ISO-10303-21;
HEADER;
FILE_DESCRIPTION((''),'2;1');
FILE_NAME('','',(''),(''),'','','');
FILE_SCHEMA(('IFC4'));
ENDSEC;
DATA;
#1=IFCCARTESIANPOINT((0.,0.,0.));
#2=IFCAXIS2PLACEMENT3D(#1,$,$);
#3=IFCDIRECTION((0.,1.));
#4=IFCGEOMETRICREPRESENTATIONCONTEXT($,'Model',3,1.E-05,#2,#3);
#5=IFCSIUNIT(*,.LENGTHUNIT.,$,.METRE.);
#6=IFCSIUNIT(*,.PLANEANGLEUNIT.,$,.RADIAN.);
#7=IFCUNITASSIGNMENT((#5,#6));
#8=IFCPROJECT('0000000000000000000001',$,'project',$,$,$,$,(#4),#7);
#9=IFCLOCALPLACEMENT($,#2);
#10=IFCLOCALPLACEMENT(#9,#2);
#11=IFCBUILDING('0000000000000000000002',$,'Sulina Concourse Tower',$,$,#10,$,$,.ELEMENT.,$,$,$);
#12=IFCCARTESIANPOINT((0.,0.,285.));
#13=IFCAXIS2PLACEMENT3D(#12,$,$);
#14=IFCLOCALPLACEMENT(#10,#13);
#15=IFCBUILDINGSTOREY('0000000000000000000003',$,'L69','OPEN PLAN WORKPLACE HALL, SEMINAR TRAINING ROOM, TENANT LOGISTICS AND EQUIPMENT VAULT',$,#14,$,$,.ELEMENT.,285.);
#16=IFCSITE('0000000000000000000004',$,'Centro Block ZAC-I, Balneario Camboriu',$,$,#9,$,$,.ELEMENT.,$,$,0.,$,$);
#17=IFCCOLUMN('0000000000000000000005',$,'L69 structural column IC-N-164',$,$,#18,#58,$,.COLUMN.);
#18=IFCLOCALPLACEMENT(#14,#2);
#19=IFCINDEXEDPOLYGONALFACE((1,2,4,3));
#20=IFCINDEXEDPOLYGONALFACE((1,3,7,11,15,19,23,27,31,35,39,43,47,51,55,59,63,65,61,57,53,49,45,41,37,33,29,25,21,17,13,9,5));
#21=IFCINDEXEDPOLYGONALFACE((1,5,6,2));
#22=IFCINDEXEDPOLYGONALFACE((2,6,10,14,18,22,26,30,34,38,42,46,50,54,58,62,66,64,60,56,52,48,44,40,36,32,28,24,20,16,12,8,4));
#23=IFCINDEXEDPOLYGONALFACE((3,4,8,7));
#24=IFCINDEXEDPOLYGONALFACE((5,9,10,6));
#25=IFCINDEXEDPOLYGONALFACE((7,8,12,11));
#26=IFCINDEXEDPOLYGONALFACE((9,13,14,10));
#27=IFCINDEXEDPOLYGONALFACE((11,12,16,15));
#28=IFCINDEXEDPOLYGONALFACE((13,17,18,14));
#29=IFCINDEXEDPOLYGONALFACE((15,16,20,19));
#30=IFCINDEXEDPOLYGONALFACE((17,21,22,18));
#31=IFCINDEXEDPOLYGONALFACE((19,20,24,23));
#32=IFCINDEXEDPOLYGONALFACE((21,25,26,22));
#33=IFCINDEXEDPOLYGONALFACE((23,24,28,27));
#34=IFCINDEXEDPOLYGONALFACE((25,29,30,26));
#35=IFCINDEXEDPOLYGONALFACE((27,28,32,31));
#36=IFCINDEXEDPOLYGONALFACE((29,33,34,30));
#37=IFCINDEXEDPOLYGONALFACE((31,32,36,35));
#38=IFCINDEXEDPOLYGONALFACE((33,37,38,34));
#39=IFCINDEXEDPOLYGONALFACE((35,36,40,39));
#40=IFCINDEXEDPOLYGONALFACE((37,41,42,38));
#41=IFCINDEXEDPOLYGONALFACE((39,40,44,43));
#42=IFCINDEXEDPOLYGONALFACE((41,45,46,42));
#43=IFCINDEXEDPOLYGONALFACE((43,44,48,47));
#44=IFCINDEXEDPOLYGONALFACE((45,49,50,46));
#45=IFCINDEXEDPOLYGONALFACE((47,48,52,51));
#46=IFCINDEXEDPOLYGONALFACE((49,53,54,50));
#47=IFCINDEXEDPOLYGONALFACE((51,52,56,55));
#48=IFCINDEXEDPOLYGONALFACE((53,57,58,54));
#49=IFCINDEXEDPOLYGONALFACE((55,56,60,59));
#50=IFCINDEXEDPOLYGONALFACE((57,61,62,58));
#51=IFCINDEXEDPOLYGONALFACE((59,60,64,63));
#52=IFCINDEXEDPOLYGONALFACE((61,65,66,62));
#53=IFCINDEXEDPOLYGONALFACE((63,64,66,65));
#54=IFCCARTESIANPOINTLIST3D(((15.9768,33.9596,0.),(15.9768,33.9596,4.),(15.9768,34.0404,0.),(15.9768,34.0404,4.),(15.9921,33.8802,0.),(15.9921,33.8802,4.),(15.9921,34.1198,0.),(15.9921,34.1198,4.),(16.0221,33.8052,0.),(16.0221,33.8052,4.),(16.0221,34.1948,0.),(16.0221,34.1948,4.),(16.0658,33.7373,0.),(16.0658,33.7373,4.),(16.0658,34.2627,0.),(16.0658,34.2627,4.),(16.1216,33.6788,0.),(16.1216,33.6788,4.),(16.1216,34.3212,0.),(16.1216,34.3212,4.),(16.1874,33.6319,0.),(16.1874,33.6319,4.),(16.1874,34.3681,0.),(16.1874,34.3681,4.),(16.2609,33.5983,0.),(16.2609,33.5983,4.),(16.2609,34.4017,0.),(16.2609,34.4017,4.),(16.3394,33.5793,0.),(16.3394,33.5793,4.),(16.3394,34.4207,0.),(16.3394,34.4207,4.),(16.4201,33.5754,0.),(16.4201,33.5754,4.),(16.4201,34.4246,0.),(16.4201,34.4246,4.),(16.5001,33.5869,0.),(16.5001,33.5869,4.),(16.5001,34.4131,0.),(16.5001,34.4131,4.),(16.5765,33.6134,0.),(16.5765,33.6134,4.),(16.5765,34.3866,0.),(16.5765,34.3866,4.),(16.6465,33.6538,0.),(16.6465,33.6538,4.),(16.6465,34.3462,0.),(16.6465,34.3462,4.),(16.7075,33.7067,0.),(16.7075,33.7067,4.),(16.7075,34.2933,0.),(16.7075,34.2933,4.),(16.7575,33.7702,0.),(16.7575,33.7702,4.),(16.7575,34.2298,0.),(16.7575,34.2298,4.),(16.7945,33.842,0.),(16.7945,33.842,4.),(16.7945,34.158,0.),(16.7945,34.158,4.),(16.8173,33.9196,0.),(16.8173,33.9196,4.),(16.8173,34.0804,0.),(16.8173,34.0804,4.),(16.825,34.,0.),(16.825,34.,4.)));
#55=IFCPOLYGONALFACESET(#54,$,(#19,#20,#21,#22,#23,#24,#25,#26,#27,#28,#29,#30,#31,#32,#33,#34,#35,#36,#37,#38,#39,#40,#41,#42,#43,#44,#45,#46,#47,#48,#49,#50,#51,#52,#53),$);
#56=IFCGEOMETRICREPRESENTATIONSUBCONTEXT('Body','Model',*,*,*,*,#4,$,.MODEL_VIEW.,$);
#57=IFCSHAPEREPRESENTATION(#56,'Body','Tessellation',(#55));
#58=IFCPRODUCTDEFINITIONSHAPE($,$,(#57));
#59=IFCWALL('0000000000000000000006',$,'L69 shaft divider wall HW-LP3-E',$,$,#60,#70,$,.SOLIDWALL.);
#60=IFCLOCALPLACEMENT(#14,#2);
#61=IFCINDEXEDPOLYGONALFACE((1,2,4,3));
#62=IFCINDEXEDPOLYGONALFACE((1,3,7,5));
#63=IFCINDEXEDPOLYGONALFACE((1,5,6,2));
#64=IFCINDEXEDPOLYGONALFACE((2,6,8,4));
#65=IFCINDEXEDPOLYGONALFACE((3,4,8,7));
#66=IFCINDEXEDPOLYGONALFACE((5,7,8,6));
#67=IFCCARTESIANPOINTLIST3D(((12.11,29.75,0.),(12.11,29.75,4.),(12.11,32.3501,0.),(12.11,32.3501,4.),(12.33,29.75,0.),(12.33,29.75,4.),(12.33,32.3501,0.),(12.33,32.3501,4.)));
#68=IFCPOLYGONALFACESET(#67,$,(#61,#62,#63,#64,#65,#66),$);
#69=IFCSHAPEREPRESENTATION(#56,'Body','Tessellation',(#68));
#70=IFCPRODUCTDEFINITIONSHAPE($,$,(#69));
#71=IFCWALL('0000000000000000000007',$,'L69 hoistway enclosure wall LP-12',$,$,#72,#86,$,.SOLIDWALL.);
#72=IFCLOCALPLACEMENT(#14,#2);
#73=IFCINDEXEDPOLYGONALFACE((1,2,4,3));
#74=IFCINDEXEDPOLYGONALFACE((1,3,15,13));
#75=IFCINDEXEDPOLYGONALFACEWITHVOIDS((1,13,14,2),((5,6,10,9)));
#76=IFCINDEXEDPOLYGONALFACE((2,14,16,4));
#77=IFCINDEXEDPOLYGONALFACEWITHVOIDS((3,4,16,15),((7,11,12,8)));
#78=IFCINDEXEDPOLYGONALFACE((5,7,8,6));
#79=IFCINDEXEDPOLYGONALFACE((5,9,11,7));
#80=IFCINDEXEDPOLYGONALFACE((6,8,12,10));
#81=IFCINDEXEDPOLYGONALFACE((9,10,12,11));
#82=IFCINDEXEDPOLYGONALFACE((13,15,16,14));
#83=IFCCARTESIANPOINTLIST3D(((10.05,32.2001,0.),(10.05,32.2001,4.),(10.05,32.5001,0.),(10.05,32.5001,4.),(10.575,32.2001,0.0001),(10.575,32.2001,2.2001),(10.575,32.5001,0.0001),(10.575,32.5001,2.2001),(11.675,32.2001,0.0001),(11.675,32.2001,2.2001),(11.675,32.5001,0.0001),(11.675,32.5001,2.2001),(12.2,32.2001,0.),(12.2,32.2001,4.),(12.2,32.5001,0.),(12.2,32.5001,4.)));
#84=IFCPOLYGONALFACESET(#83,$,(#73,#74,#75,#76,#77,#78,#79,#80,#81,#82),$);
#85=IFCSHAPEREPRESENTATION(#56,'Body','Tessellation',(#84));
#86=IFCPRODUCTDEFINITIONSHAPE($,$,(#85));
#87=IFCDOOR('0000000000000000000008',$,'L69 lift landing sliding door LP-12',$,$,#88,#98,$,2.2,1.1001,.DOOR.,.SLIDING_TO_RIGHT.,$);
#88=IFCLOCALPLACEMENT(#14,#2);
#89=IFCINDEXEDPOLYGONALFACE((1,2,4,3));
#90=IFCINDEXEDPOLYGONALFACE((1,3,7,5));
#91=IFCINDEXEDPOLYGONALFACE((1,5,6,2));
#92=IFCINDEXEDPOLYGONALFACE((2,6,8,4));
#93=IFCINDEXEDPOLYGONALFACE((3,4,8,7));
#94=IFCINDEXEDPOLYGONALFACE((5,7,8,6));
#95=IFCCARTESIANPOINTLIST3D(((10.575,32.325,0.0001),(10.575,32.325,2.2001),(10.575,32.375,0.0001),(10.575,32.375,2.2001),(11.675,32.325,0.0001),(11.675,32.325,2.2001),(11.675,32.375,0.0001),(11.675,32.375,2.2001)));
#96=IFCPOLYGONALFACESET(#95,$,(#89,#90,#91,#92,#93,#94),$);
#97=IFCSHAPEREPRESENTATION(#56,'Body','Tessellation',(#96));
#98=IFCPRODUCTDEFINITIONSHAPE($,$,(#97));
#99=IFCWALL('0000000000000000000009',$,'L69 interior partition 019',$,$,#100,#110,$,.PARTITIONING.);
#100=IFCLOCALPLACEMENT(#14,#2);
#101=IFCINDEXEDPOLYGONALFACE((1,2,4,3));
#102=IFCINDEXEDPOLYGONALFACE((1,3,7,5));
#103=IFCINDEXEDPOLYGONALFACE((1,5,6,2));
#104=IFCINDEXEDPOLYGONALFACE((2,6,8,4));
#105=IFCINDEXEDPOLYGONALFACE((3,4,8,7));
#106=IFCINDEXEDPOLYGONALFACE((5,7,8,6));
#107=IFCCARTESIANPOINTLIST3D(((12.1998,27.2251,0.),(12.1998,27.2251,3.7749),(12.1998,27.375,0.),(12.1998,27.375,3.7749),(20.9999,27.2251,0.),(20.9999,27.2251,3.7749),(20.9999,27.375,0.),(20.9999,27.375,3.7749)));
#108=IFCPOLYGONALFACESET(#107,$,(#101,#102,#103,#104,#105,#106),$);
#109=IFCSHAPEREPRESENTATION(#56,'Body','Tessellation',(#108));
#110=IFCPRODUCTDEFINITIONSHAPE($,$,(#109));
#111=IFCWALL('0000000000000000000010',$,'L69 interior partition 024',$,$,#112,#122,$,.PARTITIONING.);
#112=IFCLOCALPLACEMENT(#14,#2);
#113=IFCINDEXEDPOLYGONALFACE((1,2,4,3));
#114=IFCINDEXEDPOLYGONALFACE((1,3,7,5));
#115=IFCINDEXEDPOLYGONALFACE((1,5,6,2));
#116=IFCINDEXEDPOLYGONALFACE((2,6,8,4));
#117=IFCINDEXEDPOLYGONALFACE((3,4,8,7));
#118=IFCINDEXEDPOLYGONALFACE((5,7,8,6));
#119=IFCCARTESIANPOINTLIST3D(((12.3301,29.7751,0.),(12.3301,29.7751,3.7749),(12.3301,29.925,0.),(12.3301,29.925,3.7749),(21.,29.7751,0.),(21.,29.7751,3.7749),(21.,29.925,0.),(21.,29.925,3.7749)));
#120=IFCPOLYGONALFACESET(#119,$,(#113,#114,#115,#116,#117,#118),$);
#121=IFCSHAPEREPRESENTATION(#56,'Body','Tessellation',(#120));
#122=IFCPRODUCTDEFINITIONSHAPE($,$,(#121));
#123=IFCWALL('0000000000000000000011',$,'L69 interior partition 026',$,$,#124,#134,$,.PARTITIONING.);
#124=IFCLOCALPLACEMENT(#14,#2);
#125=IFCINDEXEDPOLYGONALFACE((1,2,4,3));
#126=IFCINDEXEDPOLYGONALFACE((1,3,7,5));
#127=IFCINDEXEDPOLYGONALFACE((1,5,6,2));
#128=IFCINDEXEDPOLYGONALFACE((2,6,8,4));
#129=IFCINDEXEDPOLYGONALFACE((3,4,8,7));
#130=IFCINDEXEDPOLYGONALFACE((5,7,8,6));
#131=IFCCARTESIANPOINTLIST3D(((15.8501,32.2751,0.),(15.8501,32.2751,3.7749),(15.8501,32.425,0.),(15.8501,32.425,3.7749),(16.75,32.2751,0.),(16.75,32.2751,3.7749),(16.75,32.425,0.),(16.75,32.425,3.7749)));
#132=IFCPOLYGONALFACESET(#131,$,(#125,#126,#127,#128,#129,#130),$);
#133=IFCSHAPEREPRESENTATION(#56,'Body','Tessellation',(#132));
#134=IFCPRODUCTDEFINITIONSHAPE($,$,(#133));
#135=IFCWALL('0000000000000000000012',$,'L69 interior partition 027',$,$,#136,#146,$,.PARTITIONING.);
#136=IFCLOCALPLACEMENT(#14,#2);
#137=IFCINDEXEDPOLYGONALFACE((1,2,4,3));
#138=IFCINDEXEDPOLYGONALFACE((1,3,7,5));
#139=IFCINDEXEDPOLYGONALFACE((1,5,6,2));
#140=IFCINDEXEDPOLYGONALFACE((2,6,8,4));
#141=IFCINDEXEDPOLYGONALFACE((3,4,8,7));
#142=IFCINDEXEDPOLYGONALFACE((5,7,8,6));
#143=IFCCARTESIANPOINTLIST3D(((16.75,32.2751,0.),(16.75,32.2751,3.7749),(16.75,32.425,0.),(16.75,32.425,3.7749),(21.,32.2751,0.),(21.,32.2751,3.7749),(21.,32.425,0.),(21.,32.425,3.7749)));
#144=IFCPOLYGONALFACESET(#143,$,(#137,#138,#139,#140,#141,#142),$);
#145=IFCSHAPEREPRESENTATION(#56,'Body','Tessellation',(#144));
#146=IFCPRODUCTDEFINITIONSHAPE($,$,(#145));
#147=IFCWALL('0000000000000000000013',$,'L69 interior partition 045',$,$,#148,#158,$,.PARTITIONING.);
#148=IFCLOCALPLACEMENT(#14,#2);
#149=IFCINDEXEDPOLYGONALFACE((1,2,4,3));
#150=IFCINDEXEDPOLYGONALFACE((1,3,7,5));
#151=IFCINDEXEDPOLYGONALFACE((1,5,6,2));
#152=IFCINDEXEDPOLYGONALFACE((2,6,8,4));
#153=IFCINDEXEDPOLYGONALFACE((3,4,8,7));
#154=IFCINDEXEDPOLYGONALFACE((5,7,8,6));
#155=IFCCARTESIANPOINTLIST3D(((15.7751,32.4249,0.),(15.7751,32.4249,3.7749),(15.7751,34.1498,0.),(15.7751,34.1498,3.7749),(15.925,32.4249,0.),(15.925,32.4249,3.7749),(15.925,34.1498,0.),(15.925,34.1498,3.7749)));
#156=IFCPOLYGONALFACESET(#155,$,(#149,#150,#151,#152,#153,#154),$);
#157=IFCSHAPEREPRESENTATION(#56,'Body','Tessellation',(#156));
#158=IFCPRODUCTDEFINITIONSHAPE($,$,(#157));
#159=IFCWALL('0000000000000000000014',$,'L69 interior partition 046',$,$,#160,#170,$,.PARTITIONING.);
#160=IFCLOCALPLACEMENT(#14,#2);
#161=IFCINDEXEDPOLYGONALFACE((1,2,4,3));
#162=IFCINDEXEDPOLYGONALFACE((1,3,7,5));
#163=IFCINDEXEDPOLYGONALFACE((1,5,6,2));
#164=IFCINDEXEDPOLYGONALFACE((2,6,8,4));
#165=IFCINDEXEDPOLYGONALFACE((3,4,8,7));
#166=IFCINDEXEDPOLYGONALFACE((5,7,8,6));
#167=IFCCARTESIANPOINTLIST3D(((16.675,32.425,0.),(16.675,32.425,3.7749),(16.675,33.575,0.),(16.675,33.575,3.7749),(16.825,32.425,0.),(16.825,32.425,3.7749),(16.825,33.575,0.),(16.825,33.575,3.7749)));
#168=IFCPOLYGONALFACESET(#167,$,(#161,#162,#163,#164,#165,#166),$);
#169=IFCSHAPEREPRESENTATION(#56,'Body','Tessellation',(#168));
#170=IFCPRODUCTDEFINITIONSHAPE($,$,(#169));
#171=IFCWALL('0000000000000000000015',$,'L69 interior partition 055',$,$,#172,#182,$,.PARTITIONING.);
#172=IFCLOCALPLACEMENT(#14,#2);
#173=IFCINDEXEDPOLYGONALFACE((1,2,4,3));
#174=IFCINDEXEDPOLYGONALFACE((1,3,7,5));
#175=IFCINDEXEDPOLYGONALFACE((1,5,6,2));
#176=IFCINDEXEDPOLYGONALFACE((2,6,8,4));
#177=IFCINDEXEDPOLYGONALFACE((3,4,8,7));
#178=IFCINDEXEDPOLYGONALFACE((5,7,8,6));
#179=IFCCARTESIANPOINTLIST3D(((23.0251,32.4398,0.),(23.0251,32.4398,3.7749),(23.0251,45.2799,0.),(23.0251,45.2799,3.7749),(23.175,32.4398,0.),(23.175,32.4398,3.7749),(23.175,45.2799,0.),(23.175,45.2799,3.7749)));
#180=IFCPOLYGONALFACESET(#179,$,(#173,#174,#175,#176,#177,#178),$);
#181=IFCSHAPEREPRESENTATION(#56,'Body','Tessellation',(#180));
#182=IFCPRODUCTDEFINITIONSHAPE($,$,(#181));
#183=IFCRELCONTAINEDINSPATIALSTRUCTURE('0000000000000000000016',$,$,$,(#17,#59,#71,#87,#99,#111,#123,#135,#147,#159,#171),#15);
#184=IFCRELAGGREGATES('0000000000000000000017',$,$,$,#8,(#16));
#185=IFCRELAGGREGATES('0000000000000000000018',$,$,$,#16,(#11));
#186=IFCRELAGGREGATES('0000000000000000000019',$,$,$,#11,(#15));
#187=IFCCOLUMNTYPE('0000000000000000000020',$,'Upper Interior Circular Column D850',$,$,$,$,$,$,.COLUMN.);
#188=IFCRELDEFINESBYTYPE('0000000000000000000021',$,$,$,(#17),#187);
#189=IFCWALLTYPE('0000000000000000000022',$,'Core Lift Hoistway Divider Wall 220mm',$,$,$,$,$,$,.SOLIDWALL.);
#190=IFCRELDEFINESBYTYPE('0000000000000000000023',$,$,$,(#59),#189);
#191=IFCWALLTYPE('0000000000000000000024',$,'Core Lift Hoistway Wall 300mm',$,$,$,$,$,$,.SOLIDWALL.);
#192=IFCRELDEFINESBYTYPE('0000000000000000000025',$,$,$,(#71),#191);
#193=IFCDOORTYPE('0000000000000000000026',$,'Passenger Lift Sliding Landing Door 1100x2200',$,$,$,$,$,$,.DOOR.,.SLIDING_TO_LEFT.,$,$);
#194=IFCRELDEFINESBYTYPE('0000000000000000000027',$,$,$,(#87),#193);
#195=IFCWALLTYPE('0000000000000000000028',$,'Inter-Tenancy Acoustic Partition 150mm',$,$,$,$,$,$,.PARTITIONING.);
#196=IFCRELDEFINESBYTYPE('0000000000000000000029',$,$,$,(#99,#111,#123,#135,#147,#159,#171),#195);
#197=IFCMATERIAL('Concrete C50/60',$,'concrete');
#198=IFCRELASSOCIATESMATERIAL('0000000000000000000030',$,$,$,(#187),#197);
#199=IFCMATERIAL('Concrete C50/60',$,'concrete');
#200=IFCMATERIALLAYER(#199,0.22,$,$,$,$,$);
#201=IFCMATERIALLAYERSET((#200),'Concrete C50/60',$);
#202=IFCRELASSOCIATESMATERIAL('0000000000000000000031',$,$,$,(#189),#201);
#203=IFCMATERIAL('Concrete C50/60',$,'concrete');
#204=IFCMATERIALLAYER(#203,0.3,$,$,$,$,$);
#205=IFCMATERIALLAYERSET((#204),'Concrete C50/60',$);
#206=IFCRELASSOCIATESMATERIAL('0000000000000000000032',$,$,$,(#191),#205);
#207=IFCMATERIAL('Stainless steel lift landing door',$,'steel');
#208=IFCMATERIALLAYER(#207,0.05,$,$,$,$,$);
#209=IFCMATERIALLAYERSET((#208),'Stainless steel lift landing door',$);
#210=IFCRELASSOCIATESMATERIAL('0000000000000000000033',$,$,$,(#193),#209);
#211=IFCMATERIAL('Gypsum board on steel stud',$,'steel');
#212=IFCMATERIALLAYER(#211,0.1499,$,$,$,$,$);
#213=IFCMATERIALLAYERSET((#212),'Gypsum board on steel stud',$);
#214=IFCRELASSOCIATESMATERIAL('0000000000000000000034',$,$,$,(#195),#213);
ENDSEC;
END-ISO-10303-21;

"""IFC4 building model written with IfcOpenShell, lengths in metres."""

from ifc_helpers import new_model, si_unit, direction, frame, frame_2d, origin, origin_2d, place, context, subcontext, project, spatial, rectangle, circle, extrude, material, layer, layer_set, material_profile, profile_set, type_object, element, fill, save


model = new_model("IFC4")

# Units and contexts
model_context = context("Model", 3, precision=1e-05, world=origin(), true_north=direction((0.0, 1.0)))
body_context = subcontext(model_context, "Body", "Model", "MODEL_VIEW")
ifc_project = project(units=[si_unit("LENGTHUNIT", "METRE"), si_unit("PLANEANGLEUNIT", "RADIAN")], contexts=[model_context])

# Site, building, storey
site_placement = place(None, origin())
site = spatial("IfcSite", under=ifc_project, at=site_placement, Name="Centro Block ZAC-I, Balneario Camboriu", CompositionType="ELEMENT", RefElevation=0.0)
building_placement = place(site_placement, origin())
building = spatial("IfcBuilding", under=site, at=building_placement, Name="Sulina Concourse Tower", CompositionType="ELEMENT")
storey_placement = place(building_placement, frame((0.0, 0.0, 285.0)))
storey = spatial("IfcBuildingStorey", under=building, at=storey_placement, Name="L69", Description="OPEN PLAN WORKPLACE HALL, SEMINAR TRAINING ROOM, TENANT LOGISTICS AND EQUIPMENT VAULT", CompositionType="ELEMENT", Elevation=285.0)

# Column
ifc_material_1 = material(Name="Concrete C50/60", Category="concrete")
ifc_material_profile = material_profile(ifc_material_1, circle(Radius=0.425, at=origin_2d()), Name="RC D850")
ifc_profile_set = profile_set([ifc_material_profile], Name="Concrete C50/60")
column_type = type_object("IfcColumnType", Name="Upper Interior Circular Column D850", PredefinedType="COLUMN", material=ifc_profile_set)
column_placement = place(storey_placement, frame((16.3999, 34.0, 0.0), z_axis=(0.0, 0.0, 1.0), x_axis=(1.0, 0.0, 0.0)))
element("IfcColumn", 1, at=column_placement, inside=storey, type_object=column_type, Name="L69 structural column IC-N-164", PredefinedType="COLUMN", context=body_context, shape_type="SweptSolid", body=[
    extrude(circle(Radius=0.425, at=origin_2d()), origin(), (0.0, 0.0, 1.0), 4.0),
])

# Wall
ifc_material_2 = material(Name="Concrete C50/60", Category="concrete")
ifc_layer_1 = layer(ifc_material_2, 0.22)
ifc_layer_set_1 = layer_set([ifc_layer_1], Name="Concrete C50/60")
wall_type_1 = type_object("IfcWallType", Name="Core Lift Hoistway Divider Wall 220mm", PredefinedType="SOLIDWALL", material=ifc_layer_set_1)
wall_1_placement = place(storey_placement, frame((12.22, 29.75, 0.0), z_axis=(0.0, 0.0, 1.0), x_axis=(0.0, 1.0, 0.0)))
element("IfcWall", 2, at=wall_1_placement, inside=storey, type_object=wall_type_1, Name="L69 shaft divider wall HW-LP3-E", PredefinedType="SOLIDWALL", context=body_context, shape_type="SweptSolid", body=[
    extrude(rectangle(XDim=2.6001, YDim=0.22, at=frame_2d((1.3, 0.0))), origin(), (0.0, 0.0, 1.0), 4.0),
])

# Wall, opening, door
ifc_material_3 = material(Name="Concrete C50/60", Category="concrete")
ifc_layer_2 = layer(ifc_material_3, 0.3)
ifc_layer_set_2 = layer_set([ifc_layer_2], Name="Concrete C50/60")
wall_type_2 = type_object("IfcWallType", Name="Core Lift Hoistway Wall 300mm", PredefinedType="SOLIDWALL", material=ifc_layer_set_2)
wall_2_placement = place(storey_placement, frame((10.05, 32.3501, 0.0), z_axis=(0.0, 0.0, 1.0), x_axis=(1.0, 0.0, 0.0)))
wall_2 = element("IfcWall", 3, at=wall_2_placement, inside=storey, type_object=wall_type_2, Name="L69 hoistway enclosure wall LP-12", PredefinedType="SOLIDWALL", context=body_context, shape_type="SweptSolid", body=[
    extrude(rectangle(XDim=2.1499, YDim=0.3, at=frame_2d((1.075, 0.0))), origin(), (0.0, 0.0, 1.0), 4.0),
])
opening_1_placement = place(wall_2_placement, frame((0.5249, 0.0, 0.0)))
opening_1 = element("IfcOpeningElement", 4, at=opening_1_placement, cuts=wall_2, PredefinedType="OPENING", context=body_context, shape_type="SweptSolid", body=[
    extrude(rectangle(XDim=1.1001, YDim=2.2, at=frame_2d((0.55, 1.1001))), frame((0.0, 0.1599, 0.0), z_axis=(0.0, -1.0, 0.0), x_axis=(1.0, 0.0, 0.0)), (0.0, 0.0, 1.0), 0.3201),
])
ifc_material_4 = material(Name="Stainless steel lift landing door", Category="steel")
ifc_layer_3 = layer(ifc_material_4, 0.05)
ifc_layer_set_3 = layer_set([ifc_layer_3], Name="Stainless steel lift landing door")
door_type_1 = type_object("IfcDoorType", Name="Passenger Lift Sliding Landing Door 1100x2200", OperationType="SLIDING_TO_LEFT", PredefinedType="DOOR", material=ifc_layer_set_3)
door_1_placement = place(opening_1_placement, origin())
door_1 = element("IfcDoor", 5, at=door_1_placement, inside=storey, type_object=door_type_1, Name="L69 lift landing sliding door LP-12", OperationType="SLIDING_TO_RIGHT", OverallHeight=2.2, OverallWidth=1.1001, PredefinedType="DOOR", context=body_context, shape_type="SweptSolid", body=[
    extrude(rectangle(XDim=1.1001, YDim=2.2, at=frame_2d((0.55, 1.1001))), frame((0.0, 0.0249, 0.0), z_axis=(0.0, -1.0, 0.0), x_axis=(1.0, 0.0, 0.0)), (0.0, 0.0, 1.0), 0.05),
])
fill(opening_1, door_1)

# Walls
ifc_material_5 = material(Name="Gypsum board on steel stud", Category="steel")
ifc_layer_4 = layer(ifc_material_5, 0.1499)
ifc_layer_set_4 = layer_set([ifc_layer_4], Name="Gypsum board on steel stud")
wall_type_3 = type_object("IfcWallType", Name="Inter-Tenancy Acoustic Partition 150mm", PredefinedType="PARTITIONING", material=ifc_layer_set_4)
wall_3_placement = place(storey_placement, frame((12.2, 27.3, 0.0), z_axis=(0.0, 0.0, 1.0), x_axis=(1.0, 0.0, 0.0)))
element("IfcWall", 6, at=wall_3_placement, inside=storey, type_object=wall_type_3, Name="L69 interior partition 019", PredefinedType="PARTITIONING", context=body_context, shape_type="SweptSolid", body=[
    extrude(rectangle(XDim=8.8, YDim=0.1499, at=frame_2d((4.3999, 0.0))), origin(), (0.0, 0.0, 1.0), 3.7749),
])
wall_4_placement = place(storey_placement, frame((12.3301, 29.8501, 0.0), z_axis=(0.0, 0.0, 1.0), x_axis=(1.0, 0.0, 0.0)))
element("IfcWall", 7, at=wall_4_placement, inside=storey, type_object=wall_type_3, Name="L69 interior partition 024", PredefinedType="PARTITIONING", context=body_context, shape_type="SweptSolid", body=[
    extrude(rectangle(XDim=8.6699, YDim=0.1499, at=frame_2d((4.335, 0.0))), origin(), (0.0, 0.0, 1.0), 3.7749),
])

# Walls
wall_5_placement = place(storey_placement, frame((15.8501, 32.3501, 0.0), z_axis=(0.0, 0.0, 1.0), x_axis=(1.0, 0.0, 0.0)))
element("IfcWall", 8, at=wall_5_placement, inside=storey, type_object=wall_type_3, Name="L69 interior partition 026", PredefinedType="PARTITIONING", context=body_context, shape_type="SweptSolid", body=[
    extrude(rectangle(XDim=0.8999, YDim=0.1499, at=frame_2d((0.45, 0.0))), origin(), (0.0, 0.0, 1.0), 3.7749),
])
wall_6_placement = place(storey_placement, frame((16.75, 32.3501, 0.0), z_axis=(0.0, 0.0, 1.0), x_axis=(1.0, 0.0, 0.0)))
element("IfcWall", 9, at=wall_6_placement, inside=storey, type_object=wall_type_3, Name="L69 interior partition 027", PredefinedType="PARTITIONING", context=body_context, shape_type="SweptSolid", body=[
    extrude(rectangle(XDim=4.25, YDim=0.1499, at=frame_2d((2.125, 0.0))), origin(), (0.0, 0.0, 1.0), 3.7749),
])
wall_7_placement = place(storey_placement, frame((15.8501, 32.425, 0.0), z_axis=(0.0, 0.0, 1.0), x_axis=(0.0, 1.0, 0.0)))
element("IfcWall", 10, at=wall_7_placement, inside=storey, type_object=wall_type_3, Name="L69 interior partition 045", PredefinedType="PARTITIONING", context=body_context, shape_type="SweptSolid", body=[
    extrude(rectangle(XDim=1.7249, YDim=0.1499, at=frame_2d((0.8623, 0.0))), origin(), (0.0, 0.0, 1.0), 3.7749),
])
wall_8_placement = place(storey_placement, frame((16.75, 32.425, 0.0), z_axis=(0.0, 0.0, 1.0), x_axis=(0.0, 1.0, 0.0)))
element("IfcWall", 11, at=wall_8_placement, inside=storey, type_object=wall_type_3, Name="L69 interior partition 046", PredefinedType="PARTITIONING", context=body_context, shape_type="SweptSolid", body=[
    extrude(rectangle(XDim=1.1499, YDim=0.1499, at=frame_2d((0.575, 0.0))), origin(), (0.0, 0.0, 1.0), 3.7749),
])
wall_9_placement = place(storey_placement, frame((23.1001, 32.4399, 0.0), z_axis=(0.0, 0.0, 1.0), x_axis=(0.0, 1.0, 0.0)))
element("IfcWall", 12, at=wall_9_placement, inside=storey, type_object=wall_type_3, Name="L69 interior partition 055", PredefinedType="PARTITIONING", context=body_context, shape_type="SweptSolid", body=[
    extrude(rectangle(XDim=12.8401, YDim=0.1499, at=frame_2d((6.4199, 0.0))), origin(), (0.0, 0.0, 1.0), 3.7749),
])

save(model, "model.ifc")
